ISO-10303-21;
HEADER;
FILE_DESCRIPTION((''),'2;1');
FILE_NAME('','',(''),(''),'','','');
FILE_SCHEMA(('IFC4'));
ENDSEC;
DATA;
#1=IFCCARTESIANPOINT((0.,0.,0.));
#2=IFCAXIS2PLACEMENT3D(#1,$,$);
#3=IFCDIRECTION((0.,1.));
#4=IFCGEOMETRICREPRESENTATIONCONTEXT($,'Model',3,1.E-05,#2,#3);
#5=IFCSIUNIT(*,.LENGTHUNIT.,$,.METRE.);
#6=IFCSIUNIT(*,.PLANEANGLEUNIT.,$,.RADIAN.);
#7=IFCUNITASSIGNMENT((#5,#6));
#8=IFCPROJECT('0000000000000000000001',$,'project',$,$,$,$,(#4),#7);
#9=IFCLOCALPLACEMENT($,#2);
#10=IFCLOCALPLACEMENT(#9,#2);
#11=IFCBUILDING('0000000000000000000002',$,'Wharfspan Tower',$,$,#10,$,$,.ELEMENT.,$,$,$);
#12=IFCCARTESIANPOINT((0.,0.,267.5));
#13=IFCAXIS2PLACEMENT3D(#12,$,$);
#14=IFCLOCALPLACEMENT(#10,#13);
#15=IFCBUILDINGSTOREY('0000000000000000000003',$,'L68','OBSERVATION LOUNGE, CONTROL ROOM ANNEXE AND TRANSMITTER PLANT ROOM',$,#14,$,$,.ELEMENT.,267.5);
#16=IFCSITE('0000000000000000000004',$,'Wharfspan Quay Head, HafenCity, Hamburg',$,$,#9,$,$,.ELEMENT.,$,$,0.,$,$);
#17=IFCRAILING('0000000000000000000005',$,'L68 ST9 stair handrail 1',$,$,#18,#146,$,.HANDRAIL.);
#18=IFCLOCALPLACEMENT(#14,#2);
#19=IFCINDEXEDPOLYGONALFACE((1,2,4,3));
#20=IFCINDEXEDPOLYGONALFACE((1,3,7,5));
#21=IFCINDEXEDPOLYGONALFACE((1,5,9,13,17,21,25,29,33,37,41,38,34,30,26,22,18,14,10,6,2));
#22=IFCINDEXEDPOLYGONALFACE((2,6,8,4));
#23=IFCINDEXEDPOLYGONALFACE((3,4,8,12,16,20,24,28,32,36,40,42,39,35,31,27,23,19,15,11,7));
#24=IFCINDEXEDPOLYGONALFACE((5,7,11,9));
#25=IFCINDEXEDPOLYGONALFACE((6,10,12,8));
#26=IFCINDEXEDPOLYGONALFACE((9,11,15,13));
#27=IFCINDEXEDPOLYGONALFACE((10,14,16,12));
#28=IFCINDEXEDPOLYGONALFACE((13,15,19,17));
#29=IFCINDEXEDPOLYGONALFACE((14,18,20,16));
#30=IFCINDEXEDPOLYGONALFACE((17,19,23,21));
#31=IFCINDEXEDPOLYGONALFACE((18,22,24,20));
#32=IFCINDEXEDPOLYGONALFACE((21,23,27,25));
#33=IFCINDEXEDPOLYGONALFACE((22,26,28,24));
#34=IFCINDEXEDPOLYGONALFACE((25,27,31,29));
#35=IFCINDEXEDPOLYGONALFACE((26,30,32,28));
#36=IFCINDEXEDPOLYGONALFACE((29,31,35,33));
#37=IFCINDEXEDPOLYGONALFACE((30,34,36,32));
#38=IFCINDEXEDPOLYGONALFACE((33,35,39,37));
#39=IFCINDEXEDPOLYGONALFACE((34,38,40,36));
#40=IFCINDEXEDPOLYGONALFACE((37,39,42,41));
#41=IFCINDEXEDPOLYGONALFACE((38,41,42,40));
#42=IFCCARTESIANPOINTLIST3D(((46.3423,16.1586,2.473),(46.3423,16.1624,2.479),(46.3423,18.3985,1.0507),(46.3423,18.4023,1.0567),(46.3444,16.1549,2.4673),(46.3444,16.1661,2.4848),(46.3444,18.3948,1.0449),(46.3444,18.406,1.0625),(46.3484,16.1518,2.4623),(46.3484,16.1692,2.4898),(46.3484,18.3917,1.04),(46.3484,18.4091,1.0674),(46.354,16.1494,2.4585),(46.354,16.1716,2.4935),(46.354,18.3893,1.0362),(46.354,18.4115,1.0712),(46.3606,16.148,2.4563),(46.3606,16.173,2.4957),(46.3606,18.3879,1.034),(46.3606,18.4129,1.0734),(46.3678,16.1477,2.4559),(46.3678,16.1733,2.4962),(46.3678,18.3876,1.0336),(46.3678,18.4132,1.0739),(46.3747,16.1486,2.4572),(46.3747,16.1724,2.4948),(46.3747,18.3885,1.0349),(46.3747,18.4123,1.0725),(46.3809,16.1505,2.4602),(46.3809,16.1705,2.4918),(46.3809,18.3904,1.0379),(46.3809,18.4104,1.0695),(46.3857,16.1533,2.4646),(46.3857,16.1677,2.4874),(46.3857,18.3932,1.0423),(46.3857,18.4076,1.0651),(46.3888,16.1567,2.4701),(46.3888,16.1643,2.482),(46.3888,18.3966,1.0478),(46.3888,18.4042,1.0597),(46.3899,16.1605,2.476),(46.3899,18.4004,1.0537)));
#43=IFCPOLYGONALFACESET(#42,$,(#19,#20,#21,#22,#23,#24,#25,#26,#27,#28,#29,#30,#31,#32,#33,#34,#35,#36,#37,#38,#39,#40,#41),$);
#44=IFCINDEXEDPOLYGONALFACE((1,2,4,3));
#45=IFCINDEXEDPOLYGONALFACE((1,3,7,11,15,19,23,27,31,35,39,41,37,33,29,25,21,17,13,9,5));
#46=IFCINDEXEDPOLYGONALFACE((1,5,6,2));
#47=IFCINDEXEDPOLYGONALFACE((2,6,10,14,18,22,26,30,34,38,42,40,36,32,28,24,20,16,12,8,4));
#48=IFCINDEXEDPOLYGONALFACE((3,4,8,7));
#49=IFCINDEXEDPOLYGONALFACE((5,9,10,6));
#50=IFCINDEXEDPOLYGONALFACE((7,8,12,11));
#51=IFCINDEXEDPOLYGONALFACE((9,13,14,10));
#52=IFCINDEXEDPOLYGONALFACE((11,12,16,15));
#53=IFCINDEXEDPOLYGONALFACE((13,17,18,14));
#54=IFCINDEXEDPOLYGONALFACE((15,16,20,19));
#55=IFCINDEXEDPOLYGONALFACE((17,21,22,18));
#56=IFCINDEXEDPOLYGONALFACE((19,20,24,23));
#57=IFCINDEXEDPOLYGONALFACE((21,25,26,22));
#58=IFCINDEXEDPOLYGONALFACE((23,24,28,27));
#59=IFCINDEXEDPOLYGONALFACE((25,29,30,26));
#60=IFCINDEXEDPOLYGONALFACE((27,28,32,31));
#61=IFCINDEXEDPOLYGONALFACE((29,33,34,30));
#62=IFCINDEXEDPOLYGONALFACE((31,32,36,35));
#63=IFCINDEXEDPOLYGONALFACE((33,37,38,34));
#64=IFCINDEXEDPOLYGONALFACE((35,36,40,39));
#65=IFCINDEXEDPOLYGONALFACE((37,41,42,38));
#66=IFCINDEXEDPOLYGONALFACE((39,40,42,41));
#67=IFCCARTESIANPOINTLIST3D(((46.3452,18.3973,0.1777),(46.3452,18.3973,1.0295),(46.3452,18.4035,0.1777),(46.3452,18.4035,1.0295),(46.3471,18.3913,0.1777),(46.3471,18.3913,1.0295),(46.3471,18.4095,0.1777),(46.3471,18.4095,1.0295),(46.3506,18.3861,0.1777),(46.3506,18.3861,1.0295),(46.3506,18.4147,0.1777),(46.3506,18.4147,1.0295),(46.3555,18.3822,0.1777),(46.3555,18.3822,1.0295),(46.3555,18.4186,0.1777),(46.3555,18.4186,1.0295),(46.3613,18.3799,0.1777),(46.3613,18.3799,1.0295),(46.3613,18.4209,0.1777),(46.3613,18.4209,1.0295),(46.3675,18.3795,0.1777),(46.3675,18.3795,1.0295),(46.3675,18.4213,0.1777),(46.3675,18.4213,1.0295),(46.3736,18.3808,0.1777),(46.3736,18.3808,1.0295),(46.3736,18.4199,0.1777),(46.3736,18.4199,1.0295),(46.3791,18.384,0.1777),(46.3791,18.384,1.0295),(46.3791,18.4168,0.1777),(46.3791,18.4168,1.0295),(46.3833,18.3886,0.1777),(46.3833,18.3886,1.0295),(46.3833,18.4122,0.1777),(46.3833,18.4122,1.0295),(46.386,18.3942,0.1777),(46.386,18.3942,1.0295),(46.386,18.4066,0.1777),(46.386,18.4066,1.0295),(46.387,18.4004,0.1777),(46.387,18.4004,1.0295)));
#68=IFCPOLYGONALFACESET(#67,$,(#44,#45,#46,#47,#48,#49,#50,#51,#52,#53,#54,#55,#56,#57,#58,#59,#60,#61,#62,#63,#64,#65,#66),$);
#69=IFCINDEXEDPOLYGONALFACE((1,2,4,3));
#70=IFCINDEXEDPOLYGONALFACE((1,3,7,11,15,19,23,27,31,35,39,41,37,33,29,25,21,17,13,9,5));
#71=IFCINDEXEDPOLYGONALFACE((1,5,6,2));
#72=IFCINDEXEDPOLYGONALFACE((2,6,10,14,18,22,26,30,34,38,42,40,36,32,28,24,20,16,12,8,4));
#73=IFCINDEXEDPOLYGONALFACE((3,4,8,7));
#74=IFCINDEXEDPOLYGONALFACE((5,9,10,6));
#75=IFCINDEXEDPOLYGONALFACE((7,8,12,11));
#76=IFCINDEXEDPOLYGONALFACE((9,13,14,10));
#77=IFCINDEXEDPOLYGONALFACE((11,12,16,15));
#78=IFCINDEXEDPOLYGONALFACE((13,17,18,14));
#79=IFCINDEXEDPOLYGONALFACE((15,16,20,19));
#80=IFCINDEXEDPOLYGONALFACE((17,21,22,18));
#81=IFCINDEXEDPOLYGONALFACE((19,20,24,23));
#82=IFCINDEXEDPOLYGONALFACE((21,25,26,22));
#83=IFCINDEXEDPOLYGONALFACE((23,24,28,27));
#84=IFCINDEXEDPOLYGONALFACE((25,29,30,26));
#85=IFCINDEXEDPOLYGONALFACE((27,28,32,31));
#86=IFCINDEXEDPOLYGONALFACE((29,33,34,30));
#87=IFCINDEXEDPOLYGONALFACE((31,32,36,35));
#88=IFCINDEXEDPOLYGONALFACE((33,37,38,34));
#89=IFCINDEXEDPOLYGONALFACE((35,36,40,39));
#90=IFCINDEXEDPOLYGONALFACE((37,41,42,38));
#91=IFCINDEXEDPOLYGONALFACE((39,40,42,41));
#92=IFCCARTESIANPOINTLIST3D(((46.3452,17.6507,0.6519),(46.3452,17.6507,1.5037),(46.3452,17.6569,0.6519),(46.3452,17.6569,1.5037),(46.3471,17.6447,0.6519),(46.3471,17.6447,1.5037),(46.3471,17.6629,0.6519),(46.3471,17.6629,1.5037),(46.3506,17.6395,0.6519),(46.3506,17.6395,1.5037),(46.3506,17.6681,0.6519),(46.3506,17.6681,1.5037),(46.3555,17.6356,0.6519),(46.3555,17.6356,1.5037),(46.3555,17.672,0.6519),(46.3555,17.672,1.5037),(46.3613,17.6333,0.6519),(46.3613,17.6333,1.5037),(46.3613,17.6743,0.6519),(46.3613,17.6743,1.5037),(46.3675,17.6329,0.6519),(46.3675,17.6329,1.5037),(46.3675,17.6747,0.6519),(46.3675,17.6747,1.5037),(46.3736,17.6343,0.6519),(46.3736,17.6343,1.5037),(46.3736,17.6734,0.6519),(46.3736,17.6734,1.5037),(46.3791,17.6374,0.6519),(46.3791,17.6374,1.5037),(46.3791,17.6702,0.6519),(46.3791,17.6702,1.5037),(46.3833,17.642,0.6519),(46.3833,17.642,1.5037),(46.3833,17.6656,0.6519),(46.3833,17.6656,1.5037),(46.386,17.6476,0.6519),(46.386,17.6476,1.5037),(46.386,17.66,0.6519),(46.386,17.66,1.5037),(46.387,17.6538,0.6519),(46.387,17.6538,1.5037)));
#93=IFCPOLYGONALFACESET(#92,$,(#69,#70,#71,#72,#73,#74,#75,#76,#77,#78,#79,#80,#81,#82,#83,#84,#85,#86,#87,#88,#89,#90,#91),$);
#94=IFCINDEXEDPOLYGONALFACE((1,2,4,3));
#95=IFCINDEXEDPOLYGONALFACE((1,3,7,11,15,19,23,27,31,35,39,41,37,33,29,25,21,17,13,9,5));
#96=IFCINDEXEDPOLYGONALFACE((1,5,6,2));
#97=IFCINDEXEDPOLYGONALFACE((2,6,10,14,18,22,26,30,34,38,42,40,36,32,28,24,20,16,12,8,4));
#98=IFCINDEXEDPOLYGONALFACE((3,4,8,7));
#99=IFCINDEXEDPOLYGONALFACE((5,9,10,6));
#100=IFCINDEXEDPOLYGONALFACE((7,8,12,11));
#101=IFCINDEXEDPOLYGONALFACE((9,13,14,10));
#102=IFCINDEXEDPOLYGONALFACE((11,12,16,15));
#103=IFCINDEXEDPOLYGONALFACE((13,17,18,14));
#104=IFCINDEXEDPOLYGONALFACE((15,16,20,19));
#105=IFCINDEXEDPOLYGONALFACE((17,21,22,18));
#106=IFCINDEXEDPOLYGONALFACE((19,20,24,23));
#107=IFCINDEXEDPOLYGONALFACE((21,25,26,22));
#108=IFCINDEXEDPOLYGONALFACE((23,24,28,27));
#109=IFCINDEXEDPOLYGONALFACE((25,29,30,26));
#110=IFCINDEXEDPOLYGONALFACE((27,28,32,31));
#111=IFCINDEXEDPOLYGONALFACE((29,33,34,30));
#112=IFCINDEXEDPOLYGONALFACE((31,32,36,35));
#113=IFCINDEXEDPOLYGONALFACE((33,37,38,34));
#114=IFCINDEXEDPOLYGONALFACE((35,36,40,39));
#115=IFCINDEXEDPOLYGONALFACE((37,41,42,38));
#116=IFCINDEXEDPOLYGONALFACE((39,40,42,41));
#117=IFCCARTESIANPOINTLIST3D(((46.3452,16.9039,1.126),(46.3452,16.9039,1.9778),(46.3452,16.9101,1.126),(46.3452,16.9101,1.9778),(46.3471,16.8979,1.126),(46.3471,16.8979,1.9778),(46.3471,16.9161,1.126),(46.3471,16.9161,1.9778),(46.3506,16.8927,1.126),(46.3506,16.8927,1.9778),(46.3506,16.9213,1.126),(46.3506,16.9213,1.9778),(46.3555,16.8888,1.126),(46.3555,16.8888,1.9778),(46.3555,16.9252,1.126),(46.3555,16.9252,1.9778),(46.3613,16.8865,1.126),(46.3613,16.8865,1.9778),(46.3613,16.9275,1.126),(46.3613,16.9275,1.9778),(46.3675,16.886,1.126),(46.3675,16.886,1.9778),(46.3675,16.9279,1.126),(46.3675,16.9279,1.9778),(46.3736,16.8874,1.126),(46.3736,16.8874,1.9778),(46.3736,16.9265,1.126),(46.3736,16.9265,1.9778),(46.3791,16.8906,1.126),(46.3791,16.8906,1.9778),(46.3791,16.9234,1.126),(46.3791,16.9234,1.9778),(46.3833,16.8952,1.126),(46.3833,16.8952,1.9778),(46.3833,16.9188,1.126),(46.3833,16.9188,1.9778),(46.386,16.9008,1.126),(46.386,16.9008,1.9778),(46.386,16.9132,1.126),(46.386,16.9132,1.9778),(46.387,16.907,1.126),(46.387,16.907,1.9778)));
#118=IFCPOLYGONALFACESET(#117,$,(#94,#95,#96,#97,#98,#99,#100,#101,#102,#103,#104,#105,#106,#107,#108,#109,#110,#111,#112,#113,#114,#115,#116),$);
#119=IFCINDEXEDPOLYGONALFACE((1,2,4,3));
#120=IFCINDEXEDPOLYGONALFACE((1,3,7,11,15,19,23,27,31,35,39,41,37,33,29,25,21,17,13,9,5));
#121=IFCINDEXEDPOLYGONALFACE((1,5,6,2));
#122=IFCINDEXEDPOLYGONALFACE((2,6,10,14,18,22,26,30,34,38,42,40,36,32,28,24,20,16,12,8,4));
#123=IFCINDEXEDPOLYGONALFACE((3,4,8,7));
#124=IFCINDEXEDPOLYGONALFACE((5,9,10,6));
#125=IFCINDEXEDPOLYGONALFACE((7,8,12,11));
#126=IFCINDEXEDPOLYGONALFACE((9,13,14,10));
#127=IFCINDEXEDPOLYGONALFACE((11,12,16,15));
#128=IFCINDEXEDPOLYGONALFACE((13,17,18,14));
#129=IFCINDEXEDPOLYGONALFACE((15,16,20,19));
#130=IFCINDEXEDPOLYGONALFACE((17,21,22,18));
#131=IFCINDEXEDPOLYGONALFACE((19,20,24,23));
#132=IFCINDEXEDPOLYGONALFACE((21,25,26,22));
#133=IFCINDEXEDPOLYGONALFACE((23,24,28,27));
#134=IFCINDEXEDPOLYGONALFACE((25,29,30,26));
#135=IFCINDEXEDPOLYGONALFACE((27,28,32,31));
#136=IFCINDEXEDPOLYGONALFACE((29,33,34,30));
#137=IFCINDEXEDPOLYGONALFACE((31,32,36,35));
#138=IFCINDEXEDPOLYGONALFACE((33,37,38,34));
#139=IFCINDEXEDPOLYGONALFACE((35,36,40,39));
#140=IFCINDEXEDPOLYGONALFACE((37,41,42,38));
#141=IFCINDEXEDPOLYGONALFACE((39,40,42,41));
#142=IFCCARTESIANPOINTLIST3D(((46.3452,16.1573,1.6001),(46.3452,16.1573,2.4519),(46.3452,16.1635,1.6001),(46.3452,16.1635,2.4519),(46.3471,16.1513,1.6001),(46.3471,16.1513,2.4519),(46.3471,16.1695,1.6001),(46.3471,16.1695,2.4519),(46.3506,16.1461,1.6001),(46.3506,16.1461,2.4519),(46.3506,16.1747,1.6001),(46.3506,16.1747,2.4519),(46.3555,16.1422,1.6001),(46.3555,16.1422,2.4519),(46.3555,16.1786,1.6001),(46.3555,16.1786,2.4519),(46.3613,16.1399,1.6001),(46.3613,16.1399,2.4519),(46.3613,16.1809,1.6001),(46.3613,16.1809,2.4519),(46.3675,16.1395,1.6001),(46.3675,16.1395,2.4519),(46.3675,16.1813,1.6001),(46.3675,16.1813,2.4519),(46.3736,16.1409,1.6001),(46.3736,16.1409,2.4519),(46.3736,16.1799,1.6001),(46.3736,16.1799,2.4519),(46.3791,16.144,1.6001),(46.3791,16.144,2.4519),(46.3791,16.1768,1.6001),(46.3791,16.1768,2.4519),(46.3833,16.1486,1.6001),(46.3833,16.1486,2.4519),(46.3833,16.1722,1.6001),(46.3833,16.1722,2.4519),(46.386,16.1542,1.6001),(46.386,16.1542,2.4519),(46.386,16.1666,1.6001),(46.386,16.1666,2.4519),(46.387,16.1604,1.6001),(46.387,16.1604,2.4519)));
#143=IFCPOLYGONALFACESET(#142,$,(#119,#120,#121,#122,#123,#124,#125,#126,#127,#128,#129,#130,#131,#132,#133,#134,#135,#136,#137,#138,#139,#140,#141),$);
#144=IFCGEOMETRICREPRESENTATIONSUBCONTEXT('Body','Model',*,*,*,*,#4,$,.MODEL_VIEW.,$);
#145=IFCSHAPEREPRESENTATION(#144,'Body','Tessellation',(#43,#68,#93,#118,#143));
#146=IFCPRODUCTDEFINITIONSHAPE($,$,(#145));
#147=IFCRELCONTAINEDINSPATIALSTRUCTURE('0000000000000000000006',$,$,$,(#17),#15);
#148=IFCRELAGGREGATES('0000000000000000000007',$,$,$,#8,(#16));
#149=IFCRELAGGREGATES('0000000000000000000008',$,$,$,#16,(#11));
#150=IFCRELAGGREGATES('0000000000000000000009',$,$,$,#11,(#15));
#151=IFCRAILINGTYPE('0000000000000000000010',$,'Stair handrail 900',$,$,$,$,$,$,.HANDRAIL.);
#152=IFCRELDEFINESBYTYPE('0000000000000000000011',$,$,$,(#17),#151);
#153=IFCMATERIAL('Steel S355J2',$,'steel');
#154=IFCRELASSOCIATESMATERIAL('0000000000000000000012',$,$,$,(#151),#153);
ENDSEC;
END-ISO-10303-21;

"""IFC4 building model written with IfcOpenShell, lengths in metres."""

from ifc_helpers import new_model, si_unit, direction, frame, origin, origin_2d, place, context, subcontext, project, spatial, circle, extrude, material, type_object, element, save


model = new_model("IFC4")

# Units and contexts
model_context = context("Model", 3, precision=1e-05, world=origin(), true_north=direction((0.0, 1.0)))
body_context = subcontext(model_context, "Body", "Model", "MODEL_VIEW")
ifc_project = project(units=[si_unit("LENGTHUNIT", "METRE"), si_unit("PLANEANGLEUNIT", "RADIAN")], contexts=[model_context])

# Site, building, storey
site_placement = place(None, origin())
site = spatial("IfcSite", under=ifc_project, at=site_placement, Name="Wharfspan Quay Head, HafenCity, Hamburg", CompositionType="ELEMENT", RefElevation=0.0)
building_placement = place(site_placement, origin())
building = spatial("IfcBuilding", under=site, at=building_placement, Name="Wharfspan Tower", CompositionType="ELEMENT")
storey_placement = place(building_placement, frame((0.0, 0.0, 267.5)))
storey = spatial("IfcBuildingStorey", under=building, at=storey_placement, Name="L68", Description="OBSERVATION LOUNGE, CONTROL ROOM ANNEXE AND TRANSMITTER PLANT ROOM", CompositionType="ELEMENT", Elevation=267.5)

# Shared definitions
ifc_material_1 = material(Name="Steel S355J2", Category="steel")

# Railing
railing_type_1 = type_object("IfcRailingType", Name="Stair handrail 900", PredefinedType="HANDRAIL", material=ifc_material_1)
railing_1_placement = place(storey_placement, frame((46.366, 18.4004, 0.1777)))
element("IfcRailing", 1, at=railing_1_placement, inside=storey, type_object=railing_type_1, Name="L68 ST9 stair handrail 1", PredefinedType="HANDRAIL", context=body_context, shape_type="SweptSolid", body=[
    extrude(circle(Radius=0.0239, at=origin_2d()), frame((0.0, 0.0, 0.876), z_axis=(0.0, -0.844188, 0.536048), x_axis=(1.0, 0.0, 0.0)), (0.0, 0.0, 1.0), 2.6533),
    extrude(circle(Radius=0.021, at=origin_2d()), origin(), (0.0, 0.0, 1.0), 0.8518),
    extrude(circle(Radius=0.021, at=origin_2d()), frame((0.0, -0.7466, 0.4741)), (0.0, 0.0, 1.0), 0.8518),
    extrude(circle(Radius=0.021, at=origin_2d()), frame((0.0, -1.4934, 0.9482)), (0.0, 0.0, 1.0), 0.8518),
    extrude(circle(Radius=0.021, at=origin_2d()), frame((0.0, -2.24, 1.4224)), (0.0, 0.0, 1.0), 0.8518),
])

save(model, "model.ifc")
